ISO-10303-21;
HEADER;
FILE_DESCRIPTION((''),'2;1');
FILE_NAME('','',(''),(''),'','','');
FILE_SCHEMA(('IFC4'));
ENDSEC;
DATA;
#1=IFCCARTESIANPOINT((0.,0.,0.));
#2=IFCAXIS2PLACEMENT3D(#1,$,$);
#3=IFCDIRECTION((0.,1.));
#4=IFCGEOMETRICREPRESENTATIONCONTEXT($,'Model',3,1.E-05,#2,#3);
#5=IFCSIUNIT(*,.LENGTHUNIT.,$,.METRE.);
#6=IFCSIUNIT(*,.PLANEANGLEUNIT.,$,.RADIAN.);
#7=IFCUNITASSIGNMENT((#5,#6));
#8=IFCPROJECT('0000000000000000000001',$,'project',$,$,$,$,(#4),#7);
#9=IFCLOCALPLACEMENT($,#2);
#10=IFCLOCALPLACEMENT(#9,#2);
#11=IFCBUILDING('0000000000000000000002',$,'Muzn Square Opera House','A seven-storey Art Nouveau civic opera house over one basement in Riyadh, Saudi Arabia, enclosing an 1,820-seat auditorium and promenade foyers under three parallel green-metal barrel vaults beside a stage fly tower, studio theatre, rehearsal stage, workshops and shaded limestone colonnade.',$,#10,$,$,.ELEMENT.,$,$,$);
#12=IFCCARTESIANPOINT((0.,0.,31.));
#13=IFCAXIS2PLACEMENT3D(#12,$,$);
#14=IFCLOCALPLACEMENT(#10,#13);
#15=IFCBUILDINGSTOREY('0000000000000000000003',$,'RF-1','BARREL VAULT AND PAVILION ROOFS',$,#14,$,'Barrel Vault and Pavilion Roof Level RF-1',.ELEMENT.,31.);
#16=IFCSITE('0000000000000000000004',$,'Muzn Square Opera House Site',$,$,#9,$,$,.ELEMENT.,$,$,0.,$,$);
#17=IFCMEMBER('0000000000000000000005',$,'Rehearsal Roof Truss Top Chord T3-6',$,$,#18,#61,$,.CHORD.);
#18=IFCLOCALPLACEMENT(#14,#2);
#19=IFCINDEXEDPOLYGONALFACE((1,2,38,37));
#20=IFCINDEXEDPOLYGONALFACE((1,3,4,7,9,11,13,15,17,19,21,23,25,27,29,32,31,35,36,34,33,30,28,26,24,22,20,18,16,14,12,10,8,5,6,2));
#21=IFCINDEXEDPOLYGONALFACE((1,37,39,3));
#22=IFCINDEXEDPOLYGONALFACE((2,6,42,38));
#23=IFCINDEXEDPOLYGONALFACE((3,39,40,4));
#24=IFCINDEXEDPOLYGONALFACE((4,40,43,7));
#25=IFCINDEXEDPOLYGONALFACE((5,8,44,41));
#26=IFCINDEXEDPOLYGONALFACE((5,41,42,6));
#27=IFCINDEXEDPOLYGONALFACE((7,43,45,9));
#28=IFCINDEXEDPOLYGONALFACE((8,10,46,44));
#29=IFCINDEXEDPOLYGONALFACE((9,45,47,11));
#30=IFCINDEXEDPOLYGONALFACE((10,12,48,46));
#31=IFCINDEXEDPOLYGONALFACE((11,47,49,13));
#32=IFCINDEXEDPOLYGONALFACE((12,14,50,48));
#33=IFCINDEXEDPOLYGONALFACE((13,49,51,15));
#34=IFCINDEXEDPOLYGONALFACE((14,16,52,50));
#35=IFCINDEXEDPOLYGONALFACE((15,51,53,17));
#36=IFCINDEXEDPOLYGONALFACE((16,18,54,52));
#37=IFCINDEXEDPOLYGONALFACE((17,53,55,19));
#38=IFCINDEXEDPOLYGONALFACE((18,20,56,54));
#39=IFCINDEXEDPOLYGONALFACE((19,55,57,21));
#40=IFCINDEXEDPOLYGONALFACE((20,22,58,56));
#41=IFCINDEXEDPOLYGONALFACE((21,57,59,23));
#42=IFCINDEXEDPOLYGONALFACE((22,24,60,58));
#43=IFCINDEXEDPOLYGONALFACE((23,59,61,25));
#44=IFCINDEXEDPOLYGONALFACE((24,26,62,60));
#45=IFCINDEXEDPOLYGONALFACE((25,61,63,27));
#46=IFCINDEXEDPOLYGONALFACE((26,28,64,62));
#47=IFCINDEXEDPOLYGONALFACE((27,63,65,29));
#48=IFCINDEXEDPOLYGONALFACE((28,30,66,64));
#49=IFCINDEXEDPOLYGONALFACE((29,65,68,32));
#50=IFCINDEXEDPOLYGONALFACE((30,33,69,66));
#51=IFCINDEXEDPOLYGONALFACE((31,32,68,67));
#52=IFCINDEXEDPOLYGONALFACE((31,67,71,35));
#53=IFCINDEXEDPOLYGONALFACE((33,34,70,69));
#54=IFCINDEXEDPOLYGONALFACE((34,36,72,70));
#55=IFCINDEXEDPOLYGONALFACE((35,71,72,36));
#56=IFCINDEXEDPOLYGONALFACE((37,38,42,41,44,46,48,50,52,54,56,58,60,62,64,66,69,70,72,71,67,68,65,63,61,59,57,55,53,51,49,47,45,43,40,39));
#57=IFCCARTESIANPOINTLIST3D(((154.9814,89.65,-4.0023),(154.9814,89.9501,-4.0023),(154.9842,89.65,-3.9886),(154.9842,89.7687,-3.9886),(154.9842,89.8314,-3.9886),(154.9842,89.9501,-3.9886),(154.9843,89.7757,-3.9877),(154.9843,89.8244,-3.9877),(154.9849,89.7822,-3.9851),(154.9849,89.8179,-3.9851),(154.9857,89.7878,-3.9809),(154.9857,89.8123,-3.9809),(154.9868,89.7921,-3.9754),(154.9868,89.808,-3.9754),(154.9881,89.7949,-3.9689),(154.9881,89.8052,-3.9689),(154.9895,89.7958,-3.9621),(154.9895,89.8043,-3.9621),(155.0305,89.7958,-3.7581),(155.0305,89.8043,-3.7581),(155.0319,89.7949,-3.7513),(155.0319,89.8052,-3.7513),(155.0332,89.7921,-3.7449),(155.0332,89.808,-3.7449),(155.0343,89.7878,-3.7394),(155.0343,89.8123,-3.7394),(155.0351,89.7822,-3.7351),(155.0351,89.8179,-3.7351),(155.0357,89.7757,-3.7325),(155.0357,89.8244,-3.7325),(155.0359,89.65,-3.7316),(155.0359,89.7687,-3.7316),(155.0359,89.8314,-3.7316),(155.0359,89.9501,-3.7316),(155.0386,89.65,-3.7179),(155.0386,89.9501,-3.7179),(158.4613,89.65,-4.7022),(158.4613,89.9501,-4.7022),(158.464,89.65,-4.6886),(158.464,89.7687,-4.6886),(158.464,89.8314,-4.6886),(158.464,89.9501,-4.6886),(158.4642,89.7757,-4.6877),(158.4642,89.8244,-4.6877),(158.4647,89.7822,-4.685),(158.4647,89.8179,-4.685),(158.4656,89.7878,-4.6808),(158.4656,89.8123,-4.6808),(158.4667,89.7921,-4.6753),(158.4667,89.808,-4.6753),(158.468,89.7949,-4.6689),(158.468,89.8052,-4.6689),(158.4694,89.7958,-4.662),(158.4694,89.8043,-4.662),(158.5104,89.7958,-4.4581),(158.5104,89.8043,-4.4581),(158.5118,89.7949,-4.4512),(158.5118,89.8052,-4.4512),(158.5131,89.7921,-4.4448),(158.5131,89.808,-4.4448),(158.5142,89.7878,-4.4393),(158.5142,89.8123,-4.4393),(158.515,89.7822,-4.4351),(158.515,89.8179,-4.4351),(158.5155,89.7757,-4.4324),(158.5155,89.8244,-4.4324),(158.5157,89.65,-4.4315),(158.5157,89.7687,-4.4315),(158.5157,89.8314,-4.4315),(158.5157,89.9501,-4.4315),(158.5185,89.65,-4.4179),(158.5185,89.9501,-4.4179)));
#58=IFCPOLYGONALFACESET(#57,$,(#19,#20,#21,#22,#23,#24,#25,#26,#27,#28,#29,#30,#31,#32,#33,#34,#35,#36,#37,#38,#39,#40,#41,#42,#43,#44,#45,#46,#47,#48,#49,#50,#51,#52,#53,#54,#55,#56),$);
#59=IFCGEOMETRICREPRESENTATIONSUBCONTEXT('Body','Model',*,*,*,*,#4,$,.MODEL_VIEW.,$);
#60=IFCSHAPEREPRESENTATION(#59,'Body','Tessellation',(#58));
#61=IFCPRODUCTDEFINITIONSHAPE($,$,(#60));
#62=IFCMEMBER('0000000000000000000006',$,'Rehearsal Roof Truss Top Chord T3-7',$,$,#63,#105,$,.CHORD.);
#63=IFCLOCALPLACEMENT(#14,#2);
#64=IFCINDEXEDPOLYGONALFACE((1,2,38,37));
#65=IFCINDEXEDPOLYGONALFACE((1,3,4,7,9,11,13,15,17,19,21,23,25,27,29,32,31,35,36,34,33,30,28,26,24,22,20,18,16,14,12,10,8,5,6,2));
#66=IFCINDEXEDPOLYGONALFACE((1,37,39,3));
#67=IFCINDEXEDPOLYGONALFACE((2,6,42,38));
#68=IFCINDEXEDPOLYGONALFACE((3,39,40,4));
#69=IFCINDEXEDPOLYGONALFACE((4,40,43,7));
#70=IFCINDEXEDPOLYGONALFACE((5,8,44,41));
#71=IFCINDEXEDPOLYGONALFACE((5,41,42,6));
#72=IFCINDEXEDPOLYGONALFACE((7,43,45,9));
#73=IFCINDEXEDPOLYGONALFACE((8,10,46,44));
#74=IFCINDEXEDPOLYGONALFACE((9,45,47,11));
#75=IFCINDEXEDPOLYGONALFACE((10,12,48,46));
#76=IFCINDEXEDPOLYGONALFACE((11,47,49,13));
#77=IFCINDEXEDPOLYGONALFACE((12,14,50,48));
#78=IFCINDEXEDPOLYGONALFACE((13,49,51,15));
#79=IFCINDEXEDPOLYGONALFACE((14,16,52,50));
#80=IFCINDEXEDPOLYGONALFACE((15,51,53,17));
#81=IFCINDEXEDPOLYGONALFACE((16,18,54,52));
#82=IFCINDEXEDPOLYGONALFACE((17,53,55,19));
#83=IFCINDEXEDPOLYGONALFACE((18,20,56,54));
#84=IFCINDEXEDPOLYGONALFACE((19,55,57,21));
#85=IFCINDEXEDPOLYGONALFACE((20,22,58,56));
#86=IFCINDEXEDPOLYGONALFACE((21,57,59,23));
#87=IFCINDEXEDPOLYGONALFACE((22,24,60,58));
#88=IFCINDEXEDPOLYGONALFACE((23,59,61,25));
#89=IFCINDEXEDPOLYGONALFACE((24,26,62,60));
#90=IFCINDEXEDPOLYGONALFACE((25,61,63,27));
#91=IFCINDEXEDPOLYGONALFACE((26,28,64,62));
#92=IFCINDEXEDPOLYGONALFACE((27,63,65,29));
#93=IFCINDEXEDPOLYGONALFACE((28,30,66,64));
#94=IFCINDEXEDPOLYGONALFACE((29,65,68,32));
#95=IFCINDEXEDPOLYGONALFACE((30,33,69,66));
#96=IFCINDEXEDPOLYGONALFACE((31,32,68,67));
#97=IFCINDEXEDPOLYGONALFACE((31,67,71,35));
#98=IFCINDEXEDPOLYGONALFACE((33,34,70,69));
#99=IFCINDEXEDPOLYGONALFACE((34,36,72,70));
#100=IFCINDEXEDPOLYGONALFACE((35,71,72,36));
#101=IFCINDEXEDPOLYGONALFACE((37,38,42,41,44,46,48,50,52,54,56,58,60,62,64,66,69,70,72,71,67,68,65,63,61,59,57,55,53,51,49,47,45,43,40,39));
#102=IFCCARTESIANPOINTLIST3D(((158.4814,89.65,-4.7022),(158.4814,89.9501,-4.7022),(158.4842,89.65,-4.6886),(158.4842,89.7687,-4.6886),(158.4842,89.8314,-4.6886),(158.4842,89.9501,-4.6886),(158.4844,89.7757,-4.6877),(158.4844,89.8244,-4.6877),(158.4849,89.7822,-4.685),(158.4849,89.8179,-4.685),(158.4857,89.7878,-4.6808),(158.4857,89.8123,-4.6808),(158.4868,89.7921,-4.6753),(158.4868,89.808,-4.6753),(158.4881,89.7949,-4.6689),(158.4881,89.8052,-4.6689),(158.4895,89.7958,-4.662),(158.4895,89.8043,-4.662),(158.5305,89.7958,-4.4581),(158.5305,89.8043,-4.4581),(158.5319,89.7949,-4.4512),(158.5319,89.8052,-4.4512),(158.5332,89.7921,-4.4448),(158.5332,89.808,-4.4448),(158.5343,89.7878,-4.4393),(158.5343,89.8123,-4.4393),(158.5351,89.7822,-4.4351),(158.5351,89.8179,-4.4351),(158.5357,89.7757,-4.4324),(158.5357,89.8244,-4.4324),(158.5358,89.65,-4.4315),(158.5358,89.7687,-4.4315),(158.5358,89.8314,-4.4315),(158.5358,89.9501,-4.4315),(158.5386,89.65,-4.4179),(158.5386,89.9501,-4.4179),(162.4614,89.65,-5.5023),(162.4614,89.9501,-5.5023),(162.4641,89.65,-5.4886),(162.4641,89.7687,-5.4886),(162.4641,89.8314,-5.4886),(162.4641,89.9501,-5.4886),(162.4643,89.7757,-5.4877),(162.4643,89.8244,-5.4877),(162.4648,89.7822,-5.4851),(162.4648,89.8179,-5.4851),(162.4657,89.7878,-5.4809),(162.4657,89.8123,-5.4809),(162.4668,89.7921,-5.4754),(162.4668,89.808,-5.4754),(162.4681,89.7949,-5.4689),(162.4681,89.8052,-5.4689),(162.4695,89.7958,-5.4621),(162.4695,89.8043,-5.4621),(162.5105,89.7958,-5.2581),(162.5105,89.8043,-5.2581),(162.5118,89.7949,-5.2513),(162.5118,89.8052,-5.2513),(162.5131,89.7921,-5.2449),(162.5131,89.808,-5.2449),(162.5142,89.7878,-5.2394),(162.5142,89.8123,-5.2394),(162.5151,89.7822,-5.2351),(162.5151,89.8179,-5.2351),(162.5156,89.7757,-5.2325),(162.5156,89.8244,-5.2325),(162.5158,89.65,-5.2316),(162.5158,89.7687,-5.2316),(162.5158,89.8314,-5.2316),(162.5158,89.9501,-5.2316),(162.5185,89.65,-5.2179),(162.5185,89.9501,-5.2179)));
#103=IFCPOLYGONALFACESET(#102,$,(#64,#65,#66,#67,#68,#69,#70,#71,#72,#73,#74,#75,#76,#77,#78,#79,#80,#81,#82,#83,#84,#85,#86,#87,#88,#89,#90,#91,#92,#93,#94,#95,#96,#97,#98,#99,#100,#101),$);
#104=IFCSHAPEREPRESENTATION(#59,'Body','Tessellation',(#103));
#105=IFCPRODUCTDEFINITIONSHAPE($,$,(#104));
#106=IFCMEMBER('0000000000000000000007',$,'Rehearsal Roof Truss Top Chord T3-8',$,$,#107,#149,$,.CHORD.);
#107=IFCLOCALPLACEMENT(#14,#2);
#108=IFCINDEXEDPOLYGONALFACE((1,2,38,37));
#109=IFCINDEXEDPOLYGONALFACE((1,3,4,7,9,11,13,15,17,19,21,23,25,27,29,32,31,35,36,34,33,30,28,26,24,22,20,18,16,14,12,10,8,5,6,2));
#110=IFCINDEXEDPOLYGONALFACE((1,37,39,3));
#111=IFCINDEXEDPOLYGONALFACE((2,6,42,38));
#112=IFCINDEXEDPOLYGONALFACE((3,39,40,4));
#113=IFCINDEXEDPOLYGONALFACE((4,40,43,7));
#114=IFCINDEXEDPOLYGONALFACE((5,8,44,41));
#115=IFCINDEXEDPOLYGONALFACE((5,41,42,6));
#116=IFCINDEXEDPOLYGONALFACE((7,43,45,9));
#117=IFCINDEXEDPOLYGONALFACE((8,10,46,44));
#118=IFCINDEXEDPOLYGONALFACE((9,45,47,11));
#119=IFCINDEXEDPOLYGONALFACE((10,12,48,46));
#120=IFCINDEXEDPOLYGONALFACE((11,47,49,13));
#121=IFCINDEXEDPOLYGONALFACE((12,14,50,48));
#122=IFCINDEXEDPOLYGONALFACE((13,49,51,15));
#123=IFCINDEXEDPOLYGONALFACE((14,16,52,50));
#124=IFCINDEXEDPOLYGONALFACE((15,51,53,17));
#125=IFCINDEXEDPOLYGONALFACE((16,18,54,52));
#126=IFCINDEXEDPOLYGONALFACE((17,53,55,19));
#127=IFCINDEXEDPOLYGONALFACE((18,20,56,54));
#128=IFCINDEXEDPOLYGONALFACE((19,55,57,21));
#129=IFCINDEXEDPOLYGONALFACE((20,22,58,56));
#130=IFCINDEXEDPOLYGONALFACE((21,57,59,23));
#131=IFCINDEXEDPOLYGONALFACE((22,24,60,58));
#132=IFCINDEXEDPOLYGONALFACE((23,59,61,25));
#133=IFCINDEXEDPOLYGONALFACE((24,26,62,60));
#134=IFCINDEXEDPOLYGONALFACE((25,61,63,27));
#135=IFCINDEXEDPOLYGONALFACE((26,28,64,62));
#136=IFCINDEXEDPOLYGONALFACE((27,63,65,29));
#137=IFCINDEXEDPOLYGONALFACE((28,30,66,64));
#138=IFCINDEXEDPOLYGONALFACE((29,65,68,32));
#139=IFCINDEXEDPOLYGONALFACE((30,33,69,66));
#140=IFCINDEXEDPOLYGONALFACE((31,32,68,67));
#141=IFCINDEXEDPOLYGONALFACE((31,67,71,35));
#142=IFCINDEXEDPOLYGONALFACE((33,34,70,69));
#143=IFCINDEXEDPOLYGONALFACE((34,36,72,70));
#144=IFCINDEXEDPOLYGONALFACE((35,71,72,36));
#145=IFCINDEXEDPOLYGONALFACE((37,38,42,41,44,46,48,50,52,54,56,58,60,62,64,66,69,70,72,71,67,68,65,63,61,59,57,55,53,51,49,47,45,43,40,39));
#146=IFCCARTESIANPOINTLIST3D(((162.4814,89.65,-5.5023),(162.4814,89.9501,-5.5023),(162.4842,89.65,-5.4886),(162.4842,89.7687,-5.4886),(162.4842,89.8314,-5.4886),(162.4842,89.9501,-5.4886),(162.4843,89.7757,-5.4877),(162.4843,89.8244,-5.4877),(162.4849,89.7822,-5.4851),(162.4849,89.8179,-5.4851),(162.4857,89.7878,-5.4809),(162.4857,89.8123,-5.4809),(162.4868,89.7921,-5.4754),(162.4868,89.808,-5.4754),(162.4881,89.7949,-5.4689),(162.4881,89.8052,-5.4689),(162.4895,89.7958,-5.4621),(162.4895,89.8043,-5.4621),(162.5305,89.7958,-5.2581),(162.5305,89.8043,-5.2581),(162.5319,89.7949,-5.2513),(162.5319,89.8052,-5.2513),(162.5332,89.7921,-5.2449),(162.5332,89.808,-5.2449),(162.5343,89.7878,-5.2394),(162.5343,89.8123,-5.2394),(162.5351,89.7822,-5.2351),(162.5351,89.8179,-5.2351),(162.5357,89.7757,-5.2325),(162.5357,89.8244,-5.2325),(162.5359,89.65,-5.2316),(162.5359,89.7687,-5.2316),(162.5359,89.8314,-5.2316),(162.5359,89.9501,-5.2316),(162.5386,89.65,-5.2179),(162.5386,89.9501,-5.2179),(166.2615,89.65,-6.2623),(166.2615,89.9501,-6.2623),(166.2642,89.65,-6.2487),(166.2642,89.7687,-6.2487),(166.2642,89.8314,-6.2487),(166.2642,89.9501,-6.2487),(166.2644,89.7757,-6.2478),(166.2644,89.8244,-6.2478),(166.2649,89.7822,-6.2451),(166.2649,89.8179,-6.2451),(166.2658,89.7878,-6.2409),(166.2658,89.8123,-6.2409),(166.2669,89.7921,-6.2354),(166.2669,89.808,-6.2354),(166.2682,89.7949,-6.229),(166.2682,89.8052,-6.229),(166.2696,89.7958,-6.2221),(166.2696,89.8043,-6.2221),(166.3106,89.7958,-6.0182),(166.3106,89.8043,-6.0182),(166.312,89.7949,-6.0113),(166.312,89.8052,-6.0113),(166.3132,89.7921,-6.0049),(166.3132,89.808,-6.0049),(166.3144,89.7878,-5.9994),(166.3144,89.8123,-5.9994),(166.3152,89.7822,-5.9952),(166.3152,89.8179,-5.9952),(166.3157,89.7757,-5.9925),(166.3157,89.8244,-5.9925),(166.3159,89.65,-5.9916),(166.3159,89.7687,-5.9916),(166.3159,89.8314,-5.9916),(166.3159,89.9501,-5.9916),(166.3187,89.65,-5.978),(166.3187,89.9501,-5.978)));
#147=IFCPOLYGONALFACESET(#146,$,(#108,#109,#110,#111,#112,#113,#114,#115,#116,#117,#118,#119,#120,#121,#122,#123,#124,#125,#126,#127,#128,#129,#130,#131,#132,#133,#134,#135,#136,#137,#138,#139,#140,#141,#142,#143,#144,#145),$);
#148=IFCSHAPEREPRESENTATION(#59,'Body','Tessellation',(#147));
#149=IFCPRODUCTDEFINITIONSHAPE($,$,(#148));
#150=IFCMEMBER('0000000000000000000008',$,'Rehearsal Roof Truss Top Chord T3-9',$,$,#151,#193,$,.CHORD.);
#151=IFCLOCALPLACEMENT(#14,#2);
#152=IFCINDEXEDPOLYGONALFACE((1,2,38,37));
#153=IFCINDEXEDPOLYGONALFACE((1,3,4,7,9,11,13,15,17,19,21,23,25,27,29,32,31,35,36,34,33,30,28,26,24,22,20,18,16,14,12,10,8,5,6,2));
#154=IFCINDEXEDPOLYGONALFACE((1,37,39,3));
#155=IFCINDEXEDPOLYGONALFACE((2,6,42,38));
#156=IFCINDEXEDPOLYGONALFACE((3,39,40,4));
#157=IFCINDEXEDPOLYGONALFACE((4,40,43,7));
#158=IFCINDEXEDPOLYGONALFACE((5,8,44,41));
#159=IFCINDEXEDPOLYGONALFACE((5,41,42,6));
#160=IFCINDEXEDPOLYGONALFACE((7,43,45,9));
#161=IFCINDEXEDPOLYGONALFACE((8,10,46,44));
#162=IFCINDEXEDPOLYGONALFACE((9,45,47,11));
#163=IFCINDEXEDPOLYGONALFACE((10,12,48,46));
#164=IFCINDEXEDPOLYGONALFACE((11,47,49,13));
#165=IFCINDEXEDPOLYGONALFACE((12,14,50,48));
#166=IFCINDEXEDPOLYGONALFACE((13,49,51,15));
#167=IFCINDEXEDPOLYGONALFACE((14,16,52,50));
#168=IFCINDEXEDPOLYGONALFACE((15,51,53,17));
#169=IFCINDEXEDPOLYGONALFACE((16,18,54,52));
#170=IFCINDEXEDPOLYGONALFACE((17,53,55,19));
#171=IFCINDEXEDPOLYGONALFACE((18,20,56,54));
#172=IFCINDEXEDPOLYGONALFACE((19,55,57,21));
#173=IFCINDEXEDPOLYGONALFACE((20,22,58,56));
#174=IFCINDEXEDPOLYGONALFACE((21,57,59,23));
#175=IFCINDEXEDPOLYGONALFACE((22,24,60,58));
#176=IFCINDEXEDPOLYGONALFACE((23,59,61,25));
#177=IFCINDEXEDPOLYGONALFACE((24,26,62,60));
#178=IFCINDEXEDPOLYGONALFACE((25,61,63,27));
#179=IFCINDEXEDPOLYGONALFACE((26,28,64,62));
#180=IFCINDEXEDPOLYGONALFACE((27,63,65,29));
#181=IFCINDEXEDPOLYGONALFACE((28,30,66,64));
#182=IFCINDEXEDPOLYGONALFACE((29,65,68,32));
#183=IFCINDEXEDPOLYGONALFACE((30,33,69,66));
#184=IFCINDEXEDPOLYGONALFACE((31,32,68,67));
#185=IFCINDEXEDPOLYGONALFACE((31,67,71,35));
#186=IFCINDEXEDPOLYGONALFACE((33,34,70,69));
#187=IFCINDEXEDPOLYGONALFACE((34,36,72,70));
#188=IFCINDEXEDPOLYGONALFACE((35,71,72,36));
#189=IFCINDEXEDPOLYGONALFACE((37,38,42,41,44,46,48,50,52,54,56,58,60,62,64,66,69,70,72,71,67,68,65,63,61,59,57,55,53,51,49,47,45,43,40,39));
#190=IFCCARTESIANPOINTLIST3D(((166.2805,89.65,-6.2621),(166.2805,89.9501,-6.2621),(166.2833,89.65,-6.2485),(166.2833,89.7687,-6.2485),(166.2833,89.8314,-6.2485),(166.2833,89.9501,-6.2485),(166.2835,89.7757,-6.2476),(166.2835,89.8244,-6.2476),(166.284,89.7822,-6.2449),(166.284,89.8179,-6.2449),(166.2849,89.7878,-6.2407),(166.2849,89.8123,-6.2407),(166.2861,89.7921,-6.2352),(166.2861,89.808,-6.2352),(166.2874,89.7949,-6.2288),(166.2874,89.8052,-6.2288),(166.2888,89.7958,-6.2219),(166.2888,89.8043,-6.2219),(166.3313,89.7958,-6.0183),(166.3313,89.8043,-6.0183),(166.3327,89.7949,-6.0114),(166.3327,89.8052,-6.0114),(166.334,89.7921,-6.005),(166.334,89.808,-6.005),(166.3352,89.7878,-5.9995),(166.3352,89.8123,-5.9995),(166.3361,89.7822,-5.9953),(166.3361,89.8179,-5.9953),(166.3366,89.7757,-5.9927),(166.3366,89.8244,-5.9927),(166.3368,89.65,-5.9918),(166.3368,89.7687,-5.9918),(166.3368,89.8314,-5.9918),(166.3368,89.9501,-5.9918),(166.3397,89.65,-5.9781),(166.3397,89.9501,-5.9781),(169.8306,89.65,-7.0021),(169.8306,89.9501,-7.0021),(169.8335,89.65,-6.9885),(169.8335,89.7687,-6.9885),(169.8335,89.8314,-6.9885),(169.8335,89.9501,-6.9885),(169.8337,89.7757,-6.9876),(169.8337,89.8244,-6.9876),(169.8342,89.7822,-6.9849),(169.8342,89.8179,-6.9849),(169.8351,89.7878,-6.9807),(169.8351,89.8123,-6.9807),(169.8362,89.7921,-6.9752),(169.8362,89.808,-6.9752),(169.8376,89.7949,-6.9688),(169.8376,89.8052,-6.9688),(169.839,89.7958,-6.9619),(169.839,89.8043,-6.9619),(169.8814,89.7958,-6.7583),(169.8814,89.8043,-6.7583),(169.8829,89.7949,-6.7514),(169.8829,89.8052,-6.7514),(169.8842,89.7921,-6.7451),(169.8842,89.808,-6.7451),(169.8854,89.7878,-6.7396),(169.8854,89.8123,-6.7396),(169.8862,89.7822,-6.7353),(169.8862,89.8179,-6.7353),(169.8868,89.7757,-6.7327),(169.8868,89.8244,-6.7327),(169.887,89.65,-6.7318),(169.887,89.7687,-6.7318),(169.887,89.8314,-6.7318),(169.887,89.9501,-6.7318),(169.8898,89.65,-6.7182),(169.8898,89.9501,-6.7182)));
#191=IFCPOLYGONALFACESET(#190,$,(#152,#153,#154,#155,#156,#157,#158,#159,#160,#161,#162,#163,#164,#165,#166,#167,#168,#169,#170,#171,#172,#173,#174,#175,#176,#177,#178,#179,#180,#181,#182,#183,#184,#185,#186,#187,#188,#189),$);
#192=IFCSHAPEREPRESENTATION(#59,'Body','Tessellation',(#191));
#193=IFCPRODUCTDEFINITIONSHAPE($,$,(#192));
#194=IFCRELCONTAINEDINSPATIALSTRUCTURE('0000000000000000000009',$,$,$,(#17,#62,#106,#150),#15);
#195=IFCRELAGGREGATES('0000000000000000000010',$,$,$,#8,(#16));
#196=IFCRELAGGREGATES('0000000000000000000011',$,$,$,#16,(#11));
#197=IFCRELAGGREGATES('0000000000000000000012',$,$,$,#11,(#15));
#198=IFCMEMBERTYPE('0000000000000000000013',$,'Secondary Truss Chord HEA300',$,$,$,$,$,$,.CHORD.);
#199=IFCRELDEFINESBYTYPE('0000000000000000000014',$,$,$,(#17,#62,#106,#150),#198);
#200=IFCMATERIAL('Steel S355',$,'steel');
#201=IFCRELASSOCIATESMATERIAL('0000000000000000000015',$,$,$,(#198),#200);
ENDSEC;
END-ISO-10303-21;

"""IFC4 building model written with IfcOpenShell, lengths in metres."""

from ifc_helpers import new_model, si_unit, direction, frame, origin, origin_2d, place, context, subcontext, project, spatial, i_section, extrude, material, material_profile, profile_set, type_object, element, save


model = new_model("IFC4")

# Units and contexts
model_context = context("Model", 3, precision=1e-05, world=origin(), true_north=direction((0.0, 1.0)))
body_context = subcontext(model_context, "Body", "Model", "MODEL_VIEW")
ifc_project = project(units=[si_unit("LENGTHUNIT", "METRE"), si_unit("PLANEANGLEUNIT", "RADIAN")], contexts=[model_context])

# Site, building, storey
site_placement = place(None, origin())
site = spatial("IfcSite", under=ifc_project, at=site_placement, Name="Muzn Square Opera House Site", CompositionType="ELEMENT", RefElevation=0.0)
building_placement = place(site_placement, origin())
building = spatial("IfcBuilding", under=site, at=building_placement, Name="Muzn Square Opera House", Description="A seven-storey Art Nouveau civic opera house over one basement in Riyadh, Saudi Arabia, enclosing an 1,820-seat auditorium and promenade foyers under three parallel green-metal barrel vaults beside a stage fly tower, studio theatre, rehearsal stage, workshops and shaded limestone colonnade.", CompositionType="ELEMENT")
storey_placement = place(building_placement, frame((0.0, 0.0, 31.0)))
storey = spatial("IfcBuildingStorey", under=building, at=storey_placement, Name="RF-1", Description="BARREL VAULT AND PAVILION ROOFS", LongName="Barrel Vault and Pavilion Roof Level RF-1", CompositionType="ELEMENT", Elevation=31.0)

# Shared definitions
ifc_material = material(Name="Steel S355", Category="steel")

# Members
ifc_material_profile_1 = material_profile(ifc_material, i_section(OverallWidth=0.3, OverallDepth=0.29, WebThickness=0.0085, FlangeThickness=0.0139, FilletRadius=0.0271, at=origin_2d()), Name="HEA 300", Category="steel")
ifc_profile_set_1 = profile_set([ifc_material_profile_1], Name="Steel S355")
member_type_1 = type_object("IfcMemberType", Name="Secondary Truss Chord HEA300", PredefinedType="CHORD", material=ifc_profile_set_1)
member_1_placement = place(storey_placement, frame((155.01, 89.8, -3.8601), z_axis=(0.980366, 0.0, -0.197187), x_axis=(0.0, 1.0, 0.0)))
element("IfcMember", 1, at=member_1_placement, inside=storey, type_object=member_type_1, Name="Rehearsal Roof Truss Top Chord T3-6", PredefinedType="CHORD", context=body_context, shape_type="SweptSolid", body=[
    extrude(i_section(OverallWidth=0.3, OverallDepth=0.29, WebThickness=0.0085, FlangeThickness=0.0139, FilletRadius=0.0271, at=origin_2d()), origin(), (0.0, 0.0, 1.0), 3.5496),
])
member_2_placement = place(storey_placement, frame((158.51, 89.8, -4.5601), z_axis=(0.980388, 0.0, -0.197076), x_axis=(0.0, 1.0, 0.0)))
element("IfcMember", 2, at=member_2_placement, inside=storey, type_object=member_type_1, Name="Rehearsal Roof Truss Top Chord T3-7", PredefinedType="CHORD", context=body_context, shape_type="SweptSolid", body=[
    extrude(i_section(OverallWidth=0.3, OverallDepth=0.29, WebThickness=0.0085, FlangeThickness=0.0139, FilletRadius=0.0271, at=origin_2d()), origin(), (0.0, 0.0, 1.0), 4.0596),
])
member_3_placement = place(storey_placement, frame((162.51, 89.8, -5.3601), z_axis=(0.98038, 0.0, -0.197115), x_axis=(0.0, 1.0, 0.0)))
element("IfcMember", 3, at=member_3_placement, inside=storey, type_object=member_type_1, Name="Rehearsal Roof Truss Top Chord T3-8", PredefinedType="CHORD", context=body_context, shape_type="SweptSolid", body=[
    extrude(i_section(OverallWidth=0.3, OverallDepth=0.29, WebThickness=0.0085, FlangeThickness=0.0139, FilletRadius=0.0271, at=origin_2d()), origin(), (0.0, 0.0, 1.0), 3.8557),
])
member_4_placement = place(storey_placement, frame((166.3101, 89.8, -6.1201), z_axis=(0.978959, 0.0, -0.204059), x_axis=(0.0, 1.0, 0.0)))
element("IfcMember", 4, at=member_4_placement, inside=storey, type_object=member_type_1, Name="Rehearsal Roof Truss Top Chord T3-9", PredefinedType="CHORD", context=body_context, shape_type="SweptSolid", body=[
    extrude(i_section(OverallWidth=0.3, OverallDepth=0.29, WebThickness=0.0085, FlangeThickness=0.0139, FilletRadius=0.0271, at=origin_2d()), origin(), (0.0, 0.0, 1.0), 3.6265),
])

save(model, "model.ifc")
